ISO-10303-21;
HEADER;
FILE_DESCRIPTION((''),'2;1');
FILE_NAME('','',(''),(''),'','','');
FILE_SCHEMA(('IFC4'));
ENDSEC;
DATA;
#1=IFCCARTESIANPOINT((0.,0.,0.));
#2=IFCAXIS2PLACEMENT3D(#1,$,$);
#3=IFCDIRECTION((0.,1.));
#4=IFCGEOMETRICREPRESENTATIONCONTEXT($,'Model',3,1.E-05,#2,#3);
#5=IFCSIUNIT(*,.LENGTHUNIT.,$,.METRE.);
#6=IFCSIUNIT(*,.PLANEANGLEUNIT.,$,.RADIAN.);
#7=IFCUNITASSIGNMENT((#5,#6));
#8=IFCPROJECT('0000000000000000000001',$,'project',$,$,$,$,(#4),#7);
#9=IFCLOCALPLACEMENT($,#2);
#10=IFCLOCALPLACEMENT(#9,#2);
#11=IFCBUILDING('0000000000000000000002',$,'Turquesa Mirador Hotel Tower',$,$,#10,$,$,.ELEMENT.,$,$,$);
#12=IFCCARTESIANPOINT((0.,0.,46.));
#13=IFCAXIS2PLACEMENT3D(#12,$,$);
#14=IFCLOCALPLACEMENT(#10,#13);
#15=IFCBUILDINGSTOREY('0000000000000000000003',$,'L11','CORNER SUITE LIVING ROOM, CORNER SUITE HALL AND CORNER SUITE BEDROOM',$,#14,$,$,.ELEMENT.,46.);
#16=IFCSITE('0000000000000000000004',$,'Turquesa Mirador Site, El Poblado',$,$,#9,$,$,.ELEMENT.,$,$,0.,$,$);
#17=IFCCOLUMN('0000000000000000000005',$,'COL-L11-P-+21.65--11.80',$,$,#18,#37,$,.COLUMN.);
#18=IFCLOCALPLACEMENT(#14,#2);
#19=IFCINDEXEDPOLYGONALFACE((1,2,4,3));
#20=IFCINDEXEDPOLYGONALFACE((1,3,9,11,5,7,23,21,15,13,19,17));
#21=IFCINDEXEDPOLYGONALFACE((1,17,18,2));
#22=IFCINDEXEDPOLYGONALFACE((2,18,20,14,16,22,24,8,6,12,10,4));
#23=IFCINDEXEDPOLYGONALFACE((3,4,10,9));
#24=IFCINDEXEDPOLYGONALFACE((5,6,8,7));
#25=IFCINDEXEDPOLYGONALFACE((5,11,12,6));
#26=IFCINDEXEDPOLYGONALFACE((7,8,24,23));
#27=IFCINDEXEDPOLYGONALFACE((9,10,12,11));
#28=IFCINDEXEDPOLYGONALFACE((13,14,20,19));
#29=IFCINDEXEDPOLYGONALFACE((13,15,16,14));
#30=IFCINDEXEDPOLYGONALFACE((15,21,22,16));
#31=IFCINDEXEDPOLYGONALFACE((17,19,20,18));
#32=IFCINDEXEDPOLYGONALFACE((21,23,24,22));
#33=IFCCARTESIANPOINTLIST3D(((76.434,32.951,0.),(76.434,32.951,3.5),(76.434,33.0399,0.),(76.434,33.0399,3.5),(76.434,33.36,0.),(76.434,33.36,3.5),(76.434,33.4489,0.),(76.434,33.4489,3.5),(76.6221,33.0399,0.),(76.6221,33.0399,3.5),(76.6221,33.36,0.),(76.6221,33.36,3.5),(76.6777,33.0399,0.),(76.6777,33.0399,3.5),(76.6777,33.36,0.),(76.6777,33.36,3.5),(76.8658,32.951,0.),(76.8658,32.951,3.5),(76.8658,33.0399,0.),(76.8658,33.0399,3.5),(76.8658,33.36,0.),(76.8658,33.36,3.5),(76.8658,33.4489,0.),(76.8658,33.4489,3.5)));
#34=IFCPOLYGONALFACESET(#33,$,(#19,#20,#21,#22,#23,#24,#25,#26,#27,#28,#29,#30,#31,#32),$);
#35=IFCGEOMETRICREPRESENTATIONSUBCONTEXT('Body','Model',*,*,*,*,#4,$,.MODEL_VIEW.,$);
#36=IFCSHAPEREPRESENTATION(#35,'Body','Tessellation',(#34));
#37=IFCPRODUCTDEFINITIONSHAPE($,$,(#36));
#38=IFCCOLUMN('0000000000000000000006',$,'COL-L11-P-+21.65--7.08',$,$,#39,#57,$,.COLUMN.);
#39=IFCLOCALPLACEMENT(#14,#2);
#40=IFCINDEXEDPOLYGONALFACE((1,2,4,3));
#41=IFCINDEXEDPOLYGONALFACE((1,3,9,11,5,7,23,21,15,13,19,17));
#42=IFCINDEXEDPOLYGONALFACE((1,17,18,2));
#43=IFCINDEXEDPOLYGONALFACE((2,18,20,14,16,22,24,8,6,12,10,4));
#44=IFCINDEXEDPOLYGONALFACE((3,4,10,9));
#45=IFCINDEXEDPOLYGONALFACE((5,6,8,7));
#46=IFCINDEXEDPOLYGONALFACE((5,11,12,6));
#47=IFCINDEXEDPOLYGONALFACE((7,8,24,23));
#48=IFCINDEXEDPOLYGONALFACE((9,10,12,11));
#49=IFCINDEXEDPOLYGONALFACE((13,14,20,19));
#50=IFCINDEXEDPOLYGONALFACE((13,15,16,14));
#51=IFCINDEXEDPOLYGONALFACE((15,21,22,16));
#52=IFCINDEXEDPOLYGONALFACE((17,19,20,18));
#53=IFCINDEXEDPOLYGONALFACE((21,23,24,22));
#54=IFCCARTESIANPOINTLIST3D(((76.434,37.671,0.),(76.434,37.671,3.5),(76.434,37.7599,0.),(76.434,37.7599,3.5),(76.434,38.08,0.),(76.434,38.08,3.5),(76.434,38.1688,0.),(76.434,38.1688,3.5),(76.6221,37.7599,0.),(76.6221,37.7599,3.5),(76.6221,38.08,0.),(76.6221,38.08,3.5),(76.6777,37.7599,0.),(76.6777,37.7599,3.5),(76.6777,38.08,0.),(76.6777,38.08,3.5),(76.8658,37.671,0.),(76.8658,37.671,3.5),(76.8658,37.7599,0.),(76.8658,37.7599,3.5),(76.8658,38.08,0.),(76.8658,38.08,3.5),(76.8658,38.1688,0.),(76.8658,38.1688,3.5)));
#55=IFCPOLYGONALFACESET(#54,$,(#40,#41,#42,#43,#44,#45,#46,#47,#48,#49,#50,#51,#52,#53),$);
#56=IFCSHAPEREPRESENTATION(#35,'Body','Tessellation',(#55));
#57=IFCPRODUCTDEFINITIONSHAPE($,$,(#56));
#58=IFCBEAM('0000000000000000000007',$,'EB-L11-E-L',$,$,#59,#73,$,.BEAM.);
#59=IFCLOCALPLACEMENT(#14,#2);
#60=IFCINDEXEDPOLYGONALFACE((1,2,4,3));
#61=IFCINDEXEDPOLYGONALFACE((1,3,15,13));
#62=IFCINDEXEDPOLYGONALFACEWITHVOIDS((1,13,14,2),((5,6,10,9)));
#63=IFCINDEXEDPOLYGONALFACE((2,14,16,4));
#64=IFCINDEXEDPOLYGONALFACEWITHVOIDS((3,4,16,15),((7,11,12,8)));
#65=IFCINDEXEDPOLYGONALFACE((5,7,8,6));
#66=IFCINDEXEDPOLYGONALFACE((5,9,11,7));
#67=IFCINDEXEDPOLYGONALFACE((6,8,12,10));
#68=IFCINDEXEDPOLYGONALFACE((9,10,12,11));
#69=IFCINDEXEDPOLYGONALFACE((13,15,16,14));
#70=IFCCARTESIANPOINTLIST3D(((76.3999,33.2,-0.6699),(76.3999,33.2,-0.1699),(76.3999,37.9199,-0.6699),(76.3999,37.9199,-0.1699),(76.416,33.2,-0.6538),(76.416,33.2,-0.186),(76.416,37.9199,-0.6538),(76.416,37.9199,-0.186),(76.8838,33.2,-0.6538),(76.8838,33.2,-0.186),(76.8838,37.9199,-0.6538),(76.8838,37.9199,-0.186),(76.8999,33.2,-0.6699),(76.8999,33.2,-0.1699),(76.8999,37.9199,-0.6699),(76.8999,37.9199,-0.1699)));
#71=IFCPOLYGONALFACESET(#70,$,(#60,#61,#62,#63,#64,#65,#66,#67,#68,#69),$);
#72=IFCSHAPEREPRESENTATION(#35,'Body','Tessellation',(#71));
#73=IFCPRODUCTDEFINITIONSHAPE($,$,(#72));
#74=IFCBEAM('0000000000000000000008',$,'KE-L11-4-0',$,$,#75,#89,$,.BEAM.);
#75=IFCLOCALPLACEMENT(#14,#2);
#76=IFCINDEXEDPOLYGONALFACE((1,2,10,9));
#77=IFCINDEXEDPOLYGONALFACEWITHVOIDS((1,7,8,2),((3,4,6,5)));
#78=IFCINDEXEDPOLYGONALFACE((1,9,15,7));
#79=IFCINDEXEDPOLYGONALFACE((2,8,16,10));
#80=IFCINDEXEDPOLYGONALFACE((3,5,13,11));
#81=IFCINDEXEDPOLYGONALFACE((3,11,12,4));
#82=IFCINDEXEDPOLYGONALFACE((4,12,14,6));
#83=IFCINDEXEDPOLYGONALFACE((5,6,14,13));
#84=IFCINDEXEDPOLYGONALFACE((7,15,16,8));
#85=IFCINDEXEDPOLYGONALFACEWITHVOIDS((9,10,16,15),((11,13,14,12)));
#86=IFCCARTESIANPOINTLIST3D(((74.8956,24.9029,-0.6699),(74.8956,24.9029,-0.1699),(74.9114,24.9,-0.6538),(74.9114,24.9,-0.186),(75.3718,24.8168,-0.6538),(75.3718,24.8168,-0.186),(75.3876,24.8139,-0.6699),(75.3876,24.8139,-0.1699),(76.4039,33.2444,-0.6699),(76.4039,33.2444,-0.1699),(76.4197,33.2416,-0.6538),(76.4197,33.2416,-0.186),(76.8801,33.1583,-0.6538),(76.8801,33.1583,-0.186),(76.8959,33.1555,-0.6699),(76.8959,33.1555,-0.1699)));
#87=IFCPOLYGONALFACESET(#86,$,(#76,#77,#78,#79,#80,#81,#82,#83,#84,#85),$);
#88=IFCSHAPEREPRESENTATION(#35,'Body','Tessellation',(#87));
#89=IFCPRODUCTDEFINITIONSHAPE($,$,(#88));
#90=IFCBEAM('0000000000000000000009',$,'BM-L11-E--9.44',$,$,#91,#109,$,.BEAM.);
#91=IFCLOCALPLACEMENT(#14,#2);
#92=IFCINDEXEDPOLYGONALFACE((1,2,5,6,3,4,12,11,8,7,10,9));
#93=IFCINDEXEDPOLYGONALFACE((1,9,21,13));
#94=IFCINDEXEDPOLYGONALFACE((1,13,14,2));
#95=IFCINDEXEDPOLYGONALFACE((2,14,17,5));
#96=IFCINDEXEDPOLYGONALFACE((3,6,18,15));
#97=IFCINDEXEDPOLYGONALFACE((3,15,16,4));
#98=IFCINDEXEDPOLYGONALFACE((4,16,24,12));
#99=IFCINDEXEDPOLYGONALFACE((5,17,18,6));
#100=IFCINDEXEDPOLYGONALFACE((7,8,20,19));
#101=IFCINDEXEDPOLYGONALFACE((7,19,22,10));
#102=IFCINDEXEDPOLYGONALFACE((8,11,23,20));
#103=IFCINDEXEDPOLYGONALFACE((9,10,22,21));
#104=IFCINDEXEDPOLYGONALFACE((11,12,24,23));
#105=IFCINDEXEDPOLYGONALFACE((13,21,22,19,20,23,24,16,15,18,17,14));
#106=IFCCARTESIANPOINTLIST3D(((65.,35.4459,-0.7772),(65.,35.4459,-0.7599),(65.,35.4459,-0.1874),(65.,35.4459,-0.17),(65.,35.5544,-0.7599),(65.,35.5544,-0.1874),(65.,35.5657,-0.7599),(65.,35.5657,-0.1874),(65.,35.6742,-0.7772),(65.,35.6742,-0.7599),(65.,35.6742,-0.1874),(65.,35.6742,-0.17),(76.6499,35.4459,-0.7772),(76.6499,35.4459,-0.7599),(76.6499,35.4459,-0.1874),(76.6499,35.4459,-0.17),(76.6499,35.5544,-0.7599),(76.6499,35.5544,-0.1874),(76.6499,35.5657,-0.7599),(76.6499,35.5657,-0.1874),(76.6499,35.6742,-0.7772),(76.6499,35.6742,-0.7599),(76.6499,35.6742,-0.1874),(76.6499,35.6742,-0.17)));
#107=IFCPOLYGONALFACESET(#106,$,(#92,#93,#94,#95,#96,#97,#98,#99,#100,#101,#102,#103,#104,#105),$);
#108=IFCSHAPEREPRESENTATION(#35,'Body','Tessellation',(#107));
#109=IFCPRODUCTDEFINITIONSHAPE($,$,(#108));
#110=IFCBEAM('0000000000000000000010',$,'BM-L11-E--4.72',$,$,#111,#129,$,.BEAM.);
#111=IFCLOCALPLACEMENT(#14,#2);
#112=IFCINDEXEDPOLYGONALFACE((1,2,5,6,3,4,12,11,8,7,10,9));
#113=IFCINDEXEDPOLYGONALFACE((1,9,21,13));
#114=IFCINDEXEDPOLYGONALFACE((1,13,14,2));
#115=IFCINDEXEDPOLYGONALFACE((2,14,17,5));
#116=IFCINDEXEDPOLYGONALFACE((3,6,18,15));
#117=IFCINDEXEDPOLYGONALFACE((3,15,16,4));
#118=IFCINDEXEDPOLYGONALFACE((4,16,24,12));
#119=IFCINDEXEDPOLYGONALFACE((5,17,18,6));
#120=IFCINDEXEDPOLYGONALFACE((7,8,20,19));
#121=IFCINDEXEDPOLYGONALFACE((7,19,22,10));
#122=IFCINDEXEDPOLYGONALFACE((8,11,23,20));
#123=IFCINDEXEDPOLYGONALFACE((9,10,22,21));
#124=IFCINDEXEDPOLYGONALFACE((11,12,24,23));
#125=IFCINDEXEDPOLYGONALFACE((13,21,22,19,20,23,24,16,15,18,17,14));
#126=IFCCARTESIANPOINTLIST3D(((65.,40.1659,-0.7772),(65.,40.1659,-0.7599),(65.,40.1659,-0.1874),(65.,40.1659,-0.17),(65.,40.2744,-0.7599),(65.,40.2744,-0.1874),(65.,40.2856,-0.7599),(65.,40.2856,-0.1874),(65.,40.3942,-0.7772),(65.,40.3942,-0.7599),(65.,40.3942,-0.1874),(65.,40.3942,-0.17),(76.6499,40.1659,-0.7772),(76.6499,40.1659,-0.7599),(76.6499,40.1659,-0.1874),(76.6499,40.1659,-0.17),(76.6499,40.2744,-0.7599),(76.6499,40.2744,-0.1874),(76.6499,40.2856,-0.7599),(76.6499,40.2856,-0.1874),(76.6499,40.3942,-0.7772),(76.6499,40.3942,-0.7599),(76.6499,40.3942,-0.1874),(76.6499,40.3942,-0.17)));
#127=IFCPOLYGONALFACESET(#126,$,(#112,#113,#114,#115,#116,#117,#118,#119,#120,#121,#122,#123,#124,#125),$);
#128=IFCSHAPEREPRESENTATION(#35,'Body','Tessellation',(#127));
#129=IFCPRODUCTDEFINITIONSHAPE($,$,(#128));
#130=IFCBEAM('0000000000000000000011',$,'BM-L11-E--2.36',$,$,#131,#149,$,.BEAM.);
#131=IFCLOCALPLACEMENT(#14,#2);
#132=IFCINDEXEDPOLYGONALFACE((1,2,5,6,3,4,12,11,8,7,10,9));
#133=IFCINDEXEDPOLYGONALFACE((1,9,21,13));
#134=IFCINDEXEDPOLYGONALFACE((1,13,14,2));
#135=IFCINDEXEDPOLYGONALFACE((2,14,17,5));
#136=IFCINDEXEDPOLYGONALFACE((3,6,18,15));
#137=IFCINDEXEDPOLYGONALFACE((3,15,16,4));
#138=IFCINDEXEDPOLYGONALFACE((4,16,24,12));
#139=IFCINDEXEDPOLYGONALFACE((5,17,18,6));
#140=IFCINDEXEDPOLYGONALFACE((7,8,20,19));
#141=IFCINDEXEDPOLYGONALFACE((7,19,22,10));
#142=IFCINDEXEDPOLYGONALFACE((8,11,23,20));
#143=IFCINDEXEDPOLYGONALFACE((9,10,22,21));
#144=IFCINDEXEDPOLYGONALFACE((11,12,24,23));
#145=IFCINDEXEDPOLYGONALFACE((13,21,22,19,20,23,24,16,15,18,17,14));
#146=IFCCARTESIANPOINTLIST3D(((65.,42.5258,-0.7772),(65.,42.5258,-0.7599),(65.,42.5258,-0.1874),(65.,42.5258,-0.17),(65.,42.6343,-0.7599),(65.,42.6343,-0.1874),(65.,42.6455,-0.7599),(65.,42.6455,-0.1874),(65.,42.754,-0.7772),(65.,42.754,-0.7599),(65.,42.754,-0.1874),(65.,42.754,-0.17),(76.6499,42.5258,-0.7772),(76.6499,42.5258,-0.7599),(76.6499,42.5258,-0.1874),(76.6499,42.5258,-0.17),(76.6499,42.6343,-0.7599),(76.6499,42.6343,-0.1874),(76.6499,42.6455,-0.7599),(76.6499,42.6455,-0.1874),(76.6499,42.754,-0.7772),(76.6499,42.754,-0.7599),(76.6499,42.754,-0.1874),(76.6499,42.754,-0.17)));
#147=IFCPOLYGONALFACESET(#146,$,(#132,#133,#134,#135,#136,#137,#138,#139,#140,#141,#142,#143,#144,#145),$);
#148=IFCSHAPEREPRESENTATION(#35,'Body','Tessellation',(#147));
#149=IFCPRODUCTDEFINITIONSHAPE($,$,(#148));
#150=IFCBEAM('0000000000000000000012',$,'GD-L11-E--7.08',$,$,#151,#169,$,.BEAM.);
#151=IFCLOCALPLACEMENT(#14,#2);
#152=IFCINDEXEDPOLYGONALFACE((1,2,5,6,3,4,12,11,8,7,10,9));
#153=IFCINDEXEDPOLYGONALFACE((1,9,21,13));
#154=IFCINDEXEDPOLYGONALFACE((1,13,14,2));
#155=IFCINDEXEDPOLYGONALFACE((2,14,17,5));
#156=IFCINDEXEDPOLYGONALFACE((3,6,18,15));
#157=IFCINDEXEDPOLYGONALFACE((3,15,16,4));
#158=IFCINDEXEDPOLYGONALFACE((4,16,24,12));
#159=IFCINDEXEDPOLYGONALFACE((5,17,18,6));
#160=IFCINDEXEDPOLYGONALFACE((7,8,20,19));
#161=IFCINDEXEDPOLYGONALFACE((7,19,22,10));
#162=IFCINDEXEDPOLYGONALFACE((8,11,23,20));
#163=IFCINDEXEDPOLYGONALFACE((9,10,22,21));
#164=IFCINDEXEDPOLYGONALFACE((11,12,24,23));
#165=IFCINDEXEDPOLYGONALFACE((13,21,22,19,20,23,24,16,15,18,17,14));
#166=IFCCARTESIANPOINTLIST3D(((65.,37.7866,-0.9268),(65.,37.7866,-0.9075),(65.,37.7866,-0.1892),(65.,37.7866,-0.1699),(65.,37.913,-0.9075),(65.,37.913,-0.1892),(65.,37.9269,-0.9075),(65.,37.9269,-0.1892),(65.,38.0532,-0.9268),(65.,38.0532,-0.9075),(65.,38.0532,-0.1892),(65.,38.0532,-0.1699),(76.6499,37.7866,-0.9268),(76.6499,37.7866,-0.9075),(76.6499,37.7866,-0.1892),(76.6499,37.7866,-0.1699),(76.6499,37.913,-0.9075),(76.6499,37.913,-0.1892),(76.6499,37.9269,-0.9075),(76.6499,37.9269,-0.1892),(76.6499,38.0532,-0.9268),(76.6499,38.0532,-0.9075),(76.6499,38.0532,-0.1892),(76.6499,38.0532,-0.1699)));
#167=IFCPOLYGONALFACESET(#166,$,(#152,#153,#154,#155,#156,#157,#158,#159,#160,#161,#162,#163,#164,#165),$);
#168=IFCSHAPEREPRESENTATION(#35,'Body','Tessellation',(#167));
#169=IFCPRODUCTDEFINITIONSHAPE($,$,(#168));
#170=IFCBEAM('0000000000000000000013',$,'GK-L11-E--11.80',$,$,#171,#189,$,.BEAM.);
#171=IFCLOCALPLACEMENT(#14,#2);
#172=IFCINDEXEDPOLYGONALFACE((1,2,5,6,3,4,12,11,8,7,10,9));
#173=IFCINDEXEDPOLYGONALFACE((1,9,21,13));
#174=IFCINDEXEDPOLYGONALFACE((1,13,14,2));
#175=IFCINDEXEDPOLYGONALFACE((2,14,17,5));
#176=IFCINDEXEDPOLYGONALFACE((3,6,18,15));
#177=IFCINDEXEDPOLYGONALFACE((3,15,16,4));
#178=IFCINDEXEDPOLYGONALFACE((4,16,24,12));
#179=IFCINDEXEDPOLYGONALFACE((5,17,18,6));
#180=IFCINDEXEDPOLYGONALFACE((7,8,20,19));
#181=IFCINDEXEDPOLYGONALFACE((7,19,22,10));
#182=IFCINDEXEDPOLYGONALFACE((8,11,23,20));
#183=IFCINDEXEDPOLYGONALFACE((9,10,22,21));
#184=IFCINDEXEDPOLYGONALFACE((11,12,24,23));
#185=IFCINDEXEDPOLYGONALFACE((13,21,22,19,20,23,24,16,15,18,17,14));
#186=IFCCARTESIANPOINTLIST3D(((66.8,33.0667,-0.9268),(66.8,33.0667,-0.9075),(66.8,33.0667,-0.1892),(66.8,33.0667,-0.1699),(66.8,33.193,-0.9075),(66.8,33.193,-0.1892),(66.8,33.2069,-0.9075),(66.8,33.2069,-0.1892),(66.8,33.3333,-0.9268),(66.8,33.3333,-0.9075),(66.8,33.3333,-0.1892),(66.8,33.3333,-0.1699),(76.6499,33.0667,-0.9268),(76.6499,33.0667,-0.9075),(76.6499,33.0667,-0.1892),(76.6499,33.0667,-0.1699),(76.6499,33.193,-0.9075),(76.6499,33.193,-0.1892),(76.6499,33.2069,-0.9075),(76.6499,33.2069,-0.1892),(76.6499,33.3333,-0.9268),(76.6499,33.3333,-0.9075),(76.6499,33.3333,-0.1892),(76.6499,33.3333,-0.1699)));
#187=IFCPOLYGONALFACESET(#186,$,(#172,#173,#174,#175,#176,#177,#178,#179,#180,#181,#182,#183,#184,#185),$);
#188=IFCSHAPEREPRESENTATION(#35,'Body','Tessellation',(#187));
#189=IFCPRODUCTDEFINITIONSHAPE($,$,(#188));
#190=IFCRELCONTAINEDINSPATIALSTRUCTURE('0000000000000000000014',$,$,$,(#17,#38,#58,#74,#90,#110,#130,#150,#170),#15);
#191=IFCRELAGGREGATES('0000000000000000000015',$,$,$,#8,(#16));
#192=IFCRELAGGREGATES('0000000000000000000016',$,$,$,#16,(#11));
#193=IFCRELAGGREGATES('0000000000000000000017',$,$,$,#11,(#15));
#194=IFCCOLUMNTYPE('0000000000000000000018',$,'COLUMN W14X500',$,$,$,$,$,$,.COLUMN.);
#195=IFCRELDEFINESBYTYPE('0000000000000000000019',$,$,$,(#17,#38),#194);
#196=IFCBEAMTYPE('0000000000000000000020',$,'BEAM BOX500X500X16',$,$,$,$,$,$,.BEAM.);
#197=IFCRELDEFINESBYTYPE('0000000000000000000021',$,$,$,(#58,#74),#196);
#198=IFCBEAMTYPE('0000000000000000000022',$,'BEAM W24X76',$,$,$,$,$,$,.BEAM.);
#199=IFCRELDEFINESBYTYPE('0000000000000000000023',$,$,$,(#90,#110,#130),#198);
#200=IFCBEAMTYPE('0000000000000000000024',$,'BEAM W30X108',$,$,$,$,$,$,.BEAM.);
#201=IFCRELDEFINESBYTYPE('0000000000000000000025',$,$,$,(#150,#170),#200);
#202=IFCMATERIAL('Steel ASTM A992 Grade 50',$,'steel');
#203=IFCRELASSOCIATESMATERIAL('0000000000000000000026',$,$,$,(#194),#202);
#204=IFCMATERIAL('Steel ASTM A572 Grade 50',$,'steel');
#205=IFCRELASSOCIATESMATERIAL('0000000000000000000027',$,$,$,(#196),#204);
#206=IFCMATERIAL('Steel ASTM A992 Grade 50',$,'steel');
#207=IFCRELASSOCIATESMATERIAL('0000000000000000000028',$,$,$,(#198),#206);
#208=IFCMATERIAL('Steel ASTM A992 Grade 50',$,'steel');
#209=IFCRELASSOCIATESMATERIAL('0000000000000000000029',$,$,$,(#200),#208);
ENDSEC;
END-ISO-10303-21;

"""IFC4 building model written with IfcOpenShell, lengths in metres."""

from ifc_helpers import new_model, si_unit, direction, frame, origin, origin_2d, place, context, subcontext, project, spatial, hollow_rectangle, i_section, extrude, material, material_profile, profile_set, type_object, element, save


model = new_model("IFC4")

# Units and contexts
model_context = context("Model", 3, precision=1e-05, world=origin(), true_north=direction((0.0, 1.0)))
body_context = subcontext(model_context, "Body", "Model", "MODEL_VIEW")
ifc_project = project(units=[si_unit("LENGTHUNIT", "METRE"), si_unit("PLANEANGLEUNIT", "RADIAN")], contexts=[model_context])

# Site, building, storey
site_placement = place(None, origin())
site = spatial("IfcSite", under=ifc_project, at=site_placement, Name="Turquesa Mirador Site, El Poblado", CompositionType="ELEMENT", RefElevation=0.0)
building_placement = place(site_placement, origin())
building = spatial("IfcBuilding", under=site, at=building_placement, Name="Turquesa Mirador Hotel Tower", CompositionType="ELEMENT")
storey_placement = place(building_placement, frame((0.0, 0.0, 46.0)))
storey = spatial("IfcBuildingStorey", under=building, at=storey_placement, Name="L11", Description="CORNER SUITE LIVING ROOM, CORNER SUITE HALL AND CORNER SUITE BEDROOM", CompositionType="ELEMENT", Elevation=46.0)

# Columns
ifc_material_1 = material(Name="Steel ASTM A992 Grade 50", Category="steel")
ifc_material_profile_1 = material_profile(ifc_material_1, i_section(OverallWidth=0.4319, OverallDepth=0.4978, WebThickness=0.0557, FlangeThickness=0.0889, at=origin_2d()), Name="W14X500")
ifc_profile_set_1 = profile_set([ifc_material_profile_1], Name="Steel ASTM A992 Grade 50")
column_type = type_object("IfcColumnType", Name="COLUMN W14X500", PredefinedType="COLUMN", material=ifc_profile_set_1)
for number, where, z_axis, x_axis, name in (
    (1, (76.6499, 33.2, 0.0), (0.0, 0.0, 1.0), (1.0, 0.0, 0.0), "COL-L11-P-+21.65--11.80"),
    (2, (76.6499, 37.9199, 0.0), (0.0, 0.0, 1.0), (1.0, 0.0, 0.0), "COL-L11-P-+21.65--7.08"),
):
    element("IfcColumn", number, at=place(storey_placement, frame(where, z_axis=z_axis, x_axis=x_axis)), inside=storey, type_object=column_type, Name=name, PredefinedType="COLUMN", context=body_context, shape_type="SweptSolid", body=[
        extrude(i_section(OverallWidth=0.4319, OverallDepth=0.4978, WebThickness=0.0557, FlangeThickness=0.0889, at=origin_2d()), origin(), (0.0, 0.0, 1.0), 3.5),
    ])

# Beams
ifc_material_2 = material(Name="Steel ASTM A572 Grade 50", Category="steel")
ifc_material_profile_2 = material_profile(ifc_material_2, hollow_rectangle(XDim=0.5, YDim=0.5, WallThickness=0.0161, at=origin_2d()), Name="BOX500X500X16")
ifc_profile_set_2 = profile_set([ifc_material_profile_2], Name="Steel ASTM A572 Grade 50")
beam_type_1 = type_object("IfcBeamType", Name="BEAM BOX500X500X16", PredefinedType="BEAM", material=ifc_profile_set_2)
beam_1_placement = place(storey_placement, frame((76.6499, 33.2, -0.4199), z_axis=(0.0, 1.0, 0.0), x_axis=(-1.0, 0.0, 0.0)))
element("IfcBeam", 3, at=beam_1_placement, inside=storey, type_object=beam_type_1, Name="EB-L11-E-L", PredefinedType="BEAM", context=body_context, shape_type="SweptSolid", body=[
    extrude(hollow_rectangle(XDim=0.5, YDim=0.5, WallThickness=0.0161, at=origin_2d()), origin(), (0.0, 0.0, 1.0), 4.72),
])
beam_2_placement = place(storey_placement, frame((76.6499, 33.2, -0.4199), z_axis=(-0.177932, -0.984043, 0.0), x_axis=(0.984043, -0.177932, 0.0)))
element("IfcBeam", 4, at=beam_2_placement, inside=storey, type_object=beam_type_1, Name="KE-L11-4-0", PredefinedType="BEAM", context=body_context, shape_type="SweptSolid", body=[
    extrude(hollow_rectangle(XDim=0.5, YDim=0.5, WallThickness=0.0161, at=origin_2d()), origin(), (0.0, 0.0, 1.0), 8.4768),
])
ifc_material_3 = material(Name="Steel ASTM A992 Grade 50", Category="steel")
ifc_material_profile_3 = material_profile(ifc_material_3, i_section(OverallWidth=0.2283, OverallDepth=0.6072, WebThickness=0.0112, FlangeThickness=0.0173, at=origin_2d()), Name="W24X76")
ifc_profile_set_3 = profile_set([ifc_material_profile_3], Name="Steel ASTM A992 Grade 50")
beam_type_2 = type_object("IfcBeamType", Name="BEAM W24X76", PredefinedType="BEAM", material=ifc_profile_set_3)
for number, where, z_axis, x_axis, name in (
    (5, (76.6499, 35.5601, -0.4736), (-1.0, 0.0, 0.0), (0.0, -1.0, 0.0), "BM-L11-E--9.44"),
    (6, (76.6499, 40.28, -0.4736), (-1.0, 0.0, 0.0), (0.0, -1.0, 0.0), "BM-L11-E--4.72"),
    (7, (76.6499, 42.6399, -0.4736), (-1.0, 0.0, 0.0), (0.0, -1.0, 0.0), "BM-L11-E--2.36"),
):
    element("IfcBeam", number, at=place(storey_placement, frame(where, z_axis=z_axis, x_axis=x_axis)), inside=storey, type_object=beam_type_2, Name=name, PredefinedType="BEAM", context=body_context, shape_type="SweptSolid", body=[
        extrude(i_section(OverallWidth=0.2283, OverallDepth=0.6072, WebThickness=0.0112, FlangeThickness=0.0173, at=origin_2d()), origin(), (0.0, 0.0, 1.0), 11.6499),
    ])
ifc_material_4 = material(Name="Steel ASTM A992 Grade 50", Category="steel")
ifc_material_profile_4 = material_profile(ifc_material_4, i_section(OverallWidth=0.2666, OverallDepth=0.7568, WebThickness=0.0139, FlangeThickness=0.0193, at=origin_2d()), Name="W30X108")
ifc_profile_set_4 = profile_set([ifc_material_profile_4], Name="Steel ASTM A992 Grade 50")
beam_type_3 = type_object("IfcBeamType", Name="BEAM W30X108", PredefinedType="BEAM", material=ifc_profile_set_4)
beam_3_placement = place(storey_placement, frame((76.6499, 37.9199, -0.5483), z_axis=(-1.0, 0.0, 0.0), x_axis=(0.0, -1.0, 0.0)))
element("IfcBeam", 8, at=beam_3_placement, inside=storey, type_object=beam_type_3, Name="GD-L11-E--7.08", PredefinedType="BEAM", context=body_context, shape_type="SweptSolid", body=[
    extrude(i_section(OverallWidth=0.2666, OverallDepth=0.7568, WebThickness=0.0139, FlangeThickness=0.0193, at=origin_2d()), origin(), (0.0, 0.0, 1.0), 11.6499),
])
beam_4_placement = place(storey_placement, frame((76.6499, 33.2, -0.5483), z_axis=(-1.0, 0.0, 0.0), x_axis=(0.0, -1.0, 0.0)))
element("IfcBeam", 9, at=beam_4_placement, inside=storey, type_object=beam_type_3, Name="GK-L11-E--11.80", PredefinedType="BEAM", context=body_context, shape_type="SweptSolid", body=[
    extrude(i_section(OverallWidth=0.2666, OverallDepth=0.7568, WebThickness=0.0139, FlangeThickness=0.0193, at=origin_2d()), origin(), (0.0, 0.0, 1.0), 9.8499),
])

save(model, "model.ifc")
